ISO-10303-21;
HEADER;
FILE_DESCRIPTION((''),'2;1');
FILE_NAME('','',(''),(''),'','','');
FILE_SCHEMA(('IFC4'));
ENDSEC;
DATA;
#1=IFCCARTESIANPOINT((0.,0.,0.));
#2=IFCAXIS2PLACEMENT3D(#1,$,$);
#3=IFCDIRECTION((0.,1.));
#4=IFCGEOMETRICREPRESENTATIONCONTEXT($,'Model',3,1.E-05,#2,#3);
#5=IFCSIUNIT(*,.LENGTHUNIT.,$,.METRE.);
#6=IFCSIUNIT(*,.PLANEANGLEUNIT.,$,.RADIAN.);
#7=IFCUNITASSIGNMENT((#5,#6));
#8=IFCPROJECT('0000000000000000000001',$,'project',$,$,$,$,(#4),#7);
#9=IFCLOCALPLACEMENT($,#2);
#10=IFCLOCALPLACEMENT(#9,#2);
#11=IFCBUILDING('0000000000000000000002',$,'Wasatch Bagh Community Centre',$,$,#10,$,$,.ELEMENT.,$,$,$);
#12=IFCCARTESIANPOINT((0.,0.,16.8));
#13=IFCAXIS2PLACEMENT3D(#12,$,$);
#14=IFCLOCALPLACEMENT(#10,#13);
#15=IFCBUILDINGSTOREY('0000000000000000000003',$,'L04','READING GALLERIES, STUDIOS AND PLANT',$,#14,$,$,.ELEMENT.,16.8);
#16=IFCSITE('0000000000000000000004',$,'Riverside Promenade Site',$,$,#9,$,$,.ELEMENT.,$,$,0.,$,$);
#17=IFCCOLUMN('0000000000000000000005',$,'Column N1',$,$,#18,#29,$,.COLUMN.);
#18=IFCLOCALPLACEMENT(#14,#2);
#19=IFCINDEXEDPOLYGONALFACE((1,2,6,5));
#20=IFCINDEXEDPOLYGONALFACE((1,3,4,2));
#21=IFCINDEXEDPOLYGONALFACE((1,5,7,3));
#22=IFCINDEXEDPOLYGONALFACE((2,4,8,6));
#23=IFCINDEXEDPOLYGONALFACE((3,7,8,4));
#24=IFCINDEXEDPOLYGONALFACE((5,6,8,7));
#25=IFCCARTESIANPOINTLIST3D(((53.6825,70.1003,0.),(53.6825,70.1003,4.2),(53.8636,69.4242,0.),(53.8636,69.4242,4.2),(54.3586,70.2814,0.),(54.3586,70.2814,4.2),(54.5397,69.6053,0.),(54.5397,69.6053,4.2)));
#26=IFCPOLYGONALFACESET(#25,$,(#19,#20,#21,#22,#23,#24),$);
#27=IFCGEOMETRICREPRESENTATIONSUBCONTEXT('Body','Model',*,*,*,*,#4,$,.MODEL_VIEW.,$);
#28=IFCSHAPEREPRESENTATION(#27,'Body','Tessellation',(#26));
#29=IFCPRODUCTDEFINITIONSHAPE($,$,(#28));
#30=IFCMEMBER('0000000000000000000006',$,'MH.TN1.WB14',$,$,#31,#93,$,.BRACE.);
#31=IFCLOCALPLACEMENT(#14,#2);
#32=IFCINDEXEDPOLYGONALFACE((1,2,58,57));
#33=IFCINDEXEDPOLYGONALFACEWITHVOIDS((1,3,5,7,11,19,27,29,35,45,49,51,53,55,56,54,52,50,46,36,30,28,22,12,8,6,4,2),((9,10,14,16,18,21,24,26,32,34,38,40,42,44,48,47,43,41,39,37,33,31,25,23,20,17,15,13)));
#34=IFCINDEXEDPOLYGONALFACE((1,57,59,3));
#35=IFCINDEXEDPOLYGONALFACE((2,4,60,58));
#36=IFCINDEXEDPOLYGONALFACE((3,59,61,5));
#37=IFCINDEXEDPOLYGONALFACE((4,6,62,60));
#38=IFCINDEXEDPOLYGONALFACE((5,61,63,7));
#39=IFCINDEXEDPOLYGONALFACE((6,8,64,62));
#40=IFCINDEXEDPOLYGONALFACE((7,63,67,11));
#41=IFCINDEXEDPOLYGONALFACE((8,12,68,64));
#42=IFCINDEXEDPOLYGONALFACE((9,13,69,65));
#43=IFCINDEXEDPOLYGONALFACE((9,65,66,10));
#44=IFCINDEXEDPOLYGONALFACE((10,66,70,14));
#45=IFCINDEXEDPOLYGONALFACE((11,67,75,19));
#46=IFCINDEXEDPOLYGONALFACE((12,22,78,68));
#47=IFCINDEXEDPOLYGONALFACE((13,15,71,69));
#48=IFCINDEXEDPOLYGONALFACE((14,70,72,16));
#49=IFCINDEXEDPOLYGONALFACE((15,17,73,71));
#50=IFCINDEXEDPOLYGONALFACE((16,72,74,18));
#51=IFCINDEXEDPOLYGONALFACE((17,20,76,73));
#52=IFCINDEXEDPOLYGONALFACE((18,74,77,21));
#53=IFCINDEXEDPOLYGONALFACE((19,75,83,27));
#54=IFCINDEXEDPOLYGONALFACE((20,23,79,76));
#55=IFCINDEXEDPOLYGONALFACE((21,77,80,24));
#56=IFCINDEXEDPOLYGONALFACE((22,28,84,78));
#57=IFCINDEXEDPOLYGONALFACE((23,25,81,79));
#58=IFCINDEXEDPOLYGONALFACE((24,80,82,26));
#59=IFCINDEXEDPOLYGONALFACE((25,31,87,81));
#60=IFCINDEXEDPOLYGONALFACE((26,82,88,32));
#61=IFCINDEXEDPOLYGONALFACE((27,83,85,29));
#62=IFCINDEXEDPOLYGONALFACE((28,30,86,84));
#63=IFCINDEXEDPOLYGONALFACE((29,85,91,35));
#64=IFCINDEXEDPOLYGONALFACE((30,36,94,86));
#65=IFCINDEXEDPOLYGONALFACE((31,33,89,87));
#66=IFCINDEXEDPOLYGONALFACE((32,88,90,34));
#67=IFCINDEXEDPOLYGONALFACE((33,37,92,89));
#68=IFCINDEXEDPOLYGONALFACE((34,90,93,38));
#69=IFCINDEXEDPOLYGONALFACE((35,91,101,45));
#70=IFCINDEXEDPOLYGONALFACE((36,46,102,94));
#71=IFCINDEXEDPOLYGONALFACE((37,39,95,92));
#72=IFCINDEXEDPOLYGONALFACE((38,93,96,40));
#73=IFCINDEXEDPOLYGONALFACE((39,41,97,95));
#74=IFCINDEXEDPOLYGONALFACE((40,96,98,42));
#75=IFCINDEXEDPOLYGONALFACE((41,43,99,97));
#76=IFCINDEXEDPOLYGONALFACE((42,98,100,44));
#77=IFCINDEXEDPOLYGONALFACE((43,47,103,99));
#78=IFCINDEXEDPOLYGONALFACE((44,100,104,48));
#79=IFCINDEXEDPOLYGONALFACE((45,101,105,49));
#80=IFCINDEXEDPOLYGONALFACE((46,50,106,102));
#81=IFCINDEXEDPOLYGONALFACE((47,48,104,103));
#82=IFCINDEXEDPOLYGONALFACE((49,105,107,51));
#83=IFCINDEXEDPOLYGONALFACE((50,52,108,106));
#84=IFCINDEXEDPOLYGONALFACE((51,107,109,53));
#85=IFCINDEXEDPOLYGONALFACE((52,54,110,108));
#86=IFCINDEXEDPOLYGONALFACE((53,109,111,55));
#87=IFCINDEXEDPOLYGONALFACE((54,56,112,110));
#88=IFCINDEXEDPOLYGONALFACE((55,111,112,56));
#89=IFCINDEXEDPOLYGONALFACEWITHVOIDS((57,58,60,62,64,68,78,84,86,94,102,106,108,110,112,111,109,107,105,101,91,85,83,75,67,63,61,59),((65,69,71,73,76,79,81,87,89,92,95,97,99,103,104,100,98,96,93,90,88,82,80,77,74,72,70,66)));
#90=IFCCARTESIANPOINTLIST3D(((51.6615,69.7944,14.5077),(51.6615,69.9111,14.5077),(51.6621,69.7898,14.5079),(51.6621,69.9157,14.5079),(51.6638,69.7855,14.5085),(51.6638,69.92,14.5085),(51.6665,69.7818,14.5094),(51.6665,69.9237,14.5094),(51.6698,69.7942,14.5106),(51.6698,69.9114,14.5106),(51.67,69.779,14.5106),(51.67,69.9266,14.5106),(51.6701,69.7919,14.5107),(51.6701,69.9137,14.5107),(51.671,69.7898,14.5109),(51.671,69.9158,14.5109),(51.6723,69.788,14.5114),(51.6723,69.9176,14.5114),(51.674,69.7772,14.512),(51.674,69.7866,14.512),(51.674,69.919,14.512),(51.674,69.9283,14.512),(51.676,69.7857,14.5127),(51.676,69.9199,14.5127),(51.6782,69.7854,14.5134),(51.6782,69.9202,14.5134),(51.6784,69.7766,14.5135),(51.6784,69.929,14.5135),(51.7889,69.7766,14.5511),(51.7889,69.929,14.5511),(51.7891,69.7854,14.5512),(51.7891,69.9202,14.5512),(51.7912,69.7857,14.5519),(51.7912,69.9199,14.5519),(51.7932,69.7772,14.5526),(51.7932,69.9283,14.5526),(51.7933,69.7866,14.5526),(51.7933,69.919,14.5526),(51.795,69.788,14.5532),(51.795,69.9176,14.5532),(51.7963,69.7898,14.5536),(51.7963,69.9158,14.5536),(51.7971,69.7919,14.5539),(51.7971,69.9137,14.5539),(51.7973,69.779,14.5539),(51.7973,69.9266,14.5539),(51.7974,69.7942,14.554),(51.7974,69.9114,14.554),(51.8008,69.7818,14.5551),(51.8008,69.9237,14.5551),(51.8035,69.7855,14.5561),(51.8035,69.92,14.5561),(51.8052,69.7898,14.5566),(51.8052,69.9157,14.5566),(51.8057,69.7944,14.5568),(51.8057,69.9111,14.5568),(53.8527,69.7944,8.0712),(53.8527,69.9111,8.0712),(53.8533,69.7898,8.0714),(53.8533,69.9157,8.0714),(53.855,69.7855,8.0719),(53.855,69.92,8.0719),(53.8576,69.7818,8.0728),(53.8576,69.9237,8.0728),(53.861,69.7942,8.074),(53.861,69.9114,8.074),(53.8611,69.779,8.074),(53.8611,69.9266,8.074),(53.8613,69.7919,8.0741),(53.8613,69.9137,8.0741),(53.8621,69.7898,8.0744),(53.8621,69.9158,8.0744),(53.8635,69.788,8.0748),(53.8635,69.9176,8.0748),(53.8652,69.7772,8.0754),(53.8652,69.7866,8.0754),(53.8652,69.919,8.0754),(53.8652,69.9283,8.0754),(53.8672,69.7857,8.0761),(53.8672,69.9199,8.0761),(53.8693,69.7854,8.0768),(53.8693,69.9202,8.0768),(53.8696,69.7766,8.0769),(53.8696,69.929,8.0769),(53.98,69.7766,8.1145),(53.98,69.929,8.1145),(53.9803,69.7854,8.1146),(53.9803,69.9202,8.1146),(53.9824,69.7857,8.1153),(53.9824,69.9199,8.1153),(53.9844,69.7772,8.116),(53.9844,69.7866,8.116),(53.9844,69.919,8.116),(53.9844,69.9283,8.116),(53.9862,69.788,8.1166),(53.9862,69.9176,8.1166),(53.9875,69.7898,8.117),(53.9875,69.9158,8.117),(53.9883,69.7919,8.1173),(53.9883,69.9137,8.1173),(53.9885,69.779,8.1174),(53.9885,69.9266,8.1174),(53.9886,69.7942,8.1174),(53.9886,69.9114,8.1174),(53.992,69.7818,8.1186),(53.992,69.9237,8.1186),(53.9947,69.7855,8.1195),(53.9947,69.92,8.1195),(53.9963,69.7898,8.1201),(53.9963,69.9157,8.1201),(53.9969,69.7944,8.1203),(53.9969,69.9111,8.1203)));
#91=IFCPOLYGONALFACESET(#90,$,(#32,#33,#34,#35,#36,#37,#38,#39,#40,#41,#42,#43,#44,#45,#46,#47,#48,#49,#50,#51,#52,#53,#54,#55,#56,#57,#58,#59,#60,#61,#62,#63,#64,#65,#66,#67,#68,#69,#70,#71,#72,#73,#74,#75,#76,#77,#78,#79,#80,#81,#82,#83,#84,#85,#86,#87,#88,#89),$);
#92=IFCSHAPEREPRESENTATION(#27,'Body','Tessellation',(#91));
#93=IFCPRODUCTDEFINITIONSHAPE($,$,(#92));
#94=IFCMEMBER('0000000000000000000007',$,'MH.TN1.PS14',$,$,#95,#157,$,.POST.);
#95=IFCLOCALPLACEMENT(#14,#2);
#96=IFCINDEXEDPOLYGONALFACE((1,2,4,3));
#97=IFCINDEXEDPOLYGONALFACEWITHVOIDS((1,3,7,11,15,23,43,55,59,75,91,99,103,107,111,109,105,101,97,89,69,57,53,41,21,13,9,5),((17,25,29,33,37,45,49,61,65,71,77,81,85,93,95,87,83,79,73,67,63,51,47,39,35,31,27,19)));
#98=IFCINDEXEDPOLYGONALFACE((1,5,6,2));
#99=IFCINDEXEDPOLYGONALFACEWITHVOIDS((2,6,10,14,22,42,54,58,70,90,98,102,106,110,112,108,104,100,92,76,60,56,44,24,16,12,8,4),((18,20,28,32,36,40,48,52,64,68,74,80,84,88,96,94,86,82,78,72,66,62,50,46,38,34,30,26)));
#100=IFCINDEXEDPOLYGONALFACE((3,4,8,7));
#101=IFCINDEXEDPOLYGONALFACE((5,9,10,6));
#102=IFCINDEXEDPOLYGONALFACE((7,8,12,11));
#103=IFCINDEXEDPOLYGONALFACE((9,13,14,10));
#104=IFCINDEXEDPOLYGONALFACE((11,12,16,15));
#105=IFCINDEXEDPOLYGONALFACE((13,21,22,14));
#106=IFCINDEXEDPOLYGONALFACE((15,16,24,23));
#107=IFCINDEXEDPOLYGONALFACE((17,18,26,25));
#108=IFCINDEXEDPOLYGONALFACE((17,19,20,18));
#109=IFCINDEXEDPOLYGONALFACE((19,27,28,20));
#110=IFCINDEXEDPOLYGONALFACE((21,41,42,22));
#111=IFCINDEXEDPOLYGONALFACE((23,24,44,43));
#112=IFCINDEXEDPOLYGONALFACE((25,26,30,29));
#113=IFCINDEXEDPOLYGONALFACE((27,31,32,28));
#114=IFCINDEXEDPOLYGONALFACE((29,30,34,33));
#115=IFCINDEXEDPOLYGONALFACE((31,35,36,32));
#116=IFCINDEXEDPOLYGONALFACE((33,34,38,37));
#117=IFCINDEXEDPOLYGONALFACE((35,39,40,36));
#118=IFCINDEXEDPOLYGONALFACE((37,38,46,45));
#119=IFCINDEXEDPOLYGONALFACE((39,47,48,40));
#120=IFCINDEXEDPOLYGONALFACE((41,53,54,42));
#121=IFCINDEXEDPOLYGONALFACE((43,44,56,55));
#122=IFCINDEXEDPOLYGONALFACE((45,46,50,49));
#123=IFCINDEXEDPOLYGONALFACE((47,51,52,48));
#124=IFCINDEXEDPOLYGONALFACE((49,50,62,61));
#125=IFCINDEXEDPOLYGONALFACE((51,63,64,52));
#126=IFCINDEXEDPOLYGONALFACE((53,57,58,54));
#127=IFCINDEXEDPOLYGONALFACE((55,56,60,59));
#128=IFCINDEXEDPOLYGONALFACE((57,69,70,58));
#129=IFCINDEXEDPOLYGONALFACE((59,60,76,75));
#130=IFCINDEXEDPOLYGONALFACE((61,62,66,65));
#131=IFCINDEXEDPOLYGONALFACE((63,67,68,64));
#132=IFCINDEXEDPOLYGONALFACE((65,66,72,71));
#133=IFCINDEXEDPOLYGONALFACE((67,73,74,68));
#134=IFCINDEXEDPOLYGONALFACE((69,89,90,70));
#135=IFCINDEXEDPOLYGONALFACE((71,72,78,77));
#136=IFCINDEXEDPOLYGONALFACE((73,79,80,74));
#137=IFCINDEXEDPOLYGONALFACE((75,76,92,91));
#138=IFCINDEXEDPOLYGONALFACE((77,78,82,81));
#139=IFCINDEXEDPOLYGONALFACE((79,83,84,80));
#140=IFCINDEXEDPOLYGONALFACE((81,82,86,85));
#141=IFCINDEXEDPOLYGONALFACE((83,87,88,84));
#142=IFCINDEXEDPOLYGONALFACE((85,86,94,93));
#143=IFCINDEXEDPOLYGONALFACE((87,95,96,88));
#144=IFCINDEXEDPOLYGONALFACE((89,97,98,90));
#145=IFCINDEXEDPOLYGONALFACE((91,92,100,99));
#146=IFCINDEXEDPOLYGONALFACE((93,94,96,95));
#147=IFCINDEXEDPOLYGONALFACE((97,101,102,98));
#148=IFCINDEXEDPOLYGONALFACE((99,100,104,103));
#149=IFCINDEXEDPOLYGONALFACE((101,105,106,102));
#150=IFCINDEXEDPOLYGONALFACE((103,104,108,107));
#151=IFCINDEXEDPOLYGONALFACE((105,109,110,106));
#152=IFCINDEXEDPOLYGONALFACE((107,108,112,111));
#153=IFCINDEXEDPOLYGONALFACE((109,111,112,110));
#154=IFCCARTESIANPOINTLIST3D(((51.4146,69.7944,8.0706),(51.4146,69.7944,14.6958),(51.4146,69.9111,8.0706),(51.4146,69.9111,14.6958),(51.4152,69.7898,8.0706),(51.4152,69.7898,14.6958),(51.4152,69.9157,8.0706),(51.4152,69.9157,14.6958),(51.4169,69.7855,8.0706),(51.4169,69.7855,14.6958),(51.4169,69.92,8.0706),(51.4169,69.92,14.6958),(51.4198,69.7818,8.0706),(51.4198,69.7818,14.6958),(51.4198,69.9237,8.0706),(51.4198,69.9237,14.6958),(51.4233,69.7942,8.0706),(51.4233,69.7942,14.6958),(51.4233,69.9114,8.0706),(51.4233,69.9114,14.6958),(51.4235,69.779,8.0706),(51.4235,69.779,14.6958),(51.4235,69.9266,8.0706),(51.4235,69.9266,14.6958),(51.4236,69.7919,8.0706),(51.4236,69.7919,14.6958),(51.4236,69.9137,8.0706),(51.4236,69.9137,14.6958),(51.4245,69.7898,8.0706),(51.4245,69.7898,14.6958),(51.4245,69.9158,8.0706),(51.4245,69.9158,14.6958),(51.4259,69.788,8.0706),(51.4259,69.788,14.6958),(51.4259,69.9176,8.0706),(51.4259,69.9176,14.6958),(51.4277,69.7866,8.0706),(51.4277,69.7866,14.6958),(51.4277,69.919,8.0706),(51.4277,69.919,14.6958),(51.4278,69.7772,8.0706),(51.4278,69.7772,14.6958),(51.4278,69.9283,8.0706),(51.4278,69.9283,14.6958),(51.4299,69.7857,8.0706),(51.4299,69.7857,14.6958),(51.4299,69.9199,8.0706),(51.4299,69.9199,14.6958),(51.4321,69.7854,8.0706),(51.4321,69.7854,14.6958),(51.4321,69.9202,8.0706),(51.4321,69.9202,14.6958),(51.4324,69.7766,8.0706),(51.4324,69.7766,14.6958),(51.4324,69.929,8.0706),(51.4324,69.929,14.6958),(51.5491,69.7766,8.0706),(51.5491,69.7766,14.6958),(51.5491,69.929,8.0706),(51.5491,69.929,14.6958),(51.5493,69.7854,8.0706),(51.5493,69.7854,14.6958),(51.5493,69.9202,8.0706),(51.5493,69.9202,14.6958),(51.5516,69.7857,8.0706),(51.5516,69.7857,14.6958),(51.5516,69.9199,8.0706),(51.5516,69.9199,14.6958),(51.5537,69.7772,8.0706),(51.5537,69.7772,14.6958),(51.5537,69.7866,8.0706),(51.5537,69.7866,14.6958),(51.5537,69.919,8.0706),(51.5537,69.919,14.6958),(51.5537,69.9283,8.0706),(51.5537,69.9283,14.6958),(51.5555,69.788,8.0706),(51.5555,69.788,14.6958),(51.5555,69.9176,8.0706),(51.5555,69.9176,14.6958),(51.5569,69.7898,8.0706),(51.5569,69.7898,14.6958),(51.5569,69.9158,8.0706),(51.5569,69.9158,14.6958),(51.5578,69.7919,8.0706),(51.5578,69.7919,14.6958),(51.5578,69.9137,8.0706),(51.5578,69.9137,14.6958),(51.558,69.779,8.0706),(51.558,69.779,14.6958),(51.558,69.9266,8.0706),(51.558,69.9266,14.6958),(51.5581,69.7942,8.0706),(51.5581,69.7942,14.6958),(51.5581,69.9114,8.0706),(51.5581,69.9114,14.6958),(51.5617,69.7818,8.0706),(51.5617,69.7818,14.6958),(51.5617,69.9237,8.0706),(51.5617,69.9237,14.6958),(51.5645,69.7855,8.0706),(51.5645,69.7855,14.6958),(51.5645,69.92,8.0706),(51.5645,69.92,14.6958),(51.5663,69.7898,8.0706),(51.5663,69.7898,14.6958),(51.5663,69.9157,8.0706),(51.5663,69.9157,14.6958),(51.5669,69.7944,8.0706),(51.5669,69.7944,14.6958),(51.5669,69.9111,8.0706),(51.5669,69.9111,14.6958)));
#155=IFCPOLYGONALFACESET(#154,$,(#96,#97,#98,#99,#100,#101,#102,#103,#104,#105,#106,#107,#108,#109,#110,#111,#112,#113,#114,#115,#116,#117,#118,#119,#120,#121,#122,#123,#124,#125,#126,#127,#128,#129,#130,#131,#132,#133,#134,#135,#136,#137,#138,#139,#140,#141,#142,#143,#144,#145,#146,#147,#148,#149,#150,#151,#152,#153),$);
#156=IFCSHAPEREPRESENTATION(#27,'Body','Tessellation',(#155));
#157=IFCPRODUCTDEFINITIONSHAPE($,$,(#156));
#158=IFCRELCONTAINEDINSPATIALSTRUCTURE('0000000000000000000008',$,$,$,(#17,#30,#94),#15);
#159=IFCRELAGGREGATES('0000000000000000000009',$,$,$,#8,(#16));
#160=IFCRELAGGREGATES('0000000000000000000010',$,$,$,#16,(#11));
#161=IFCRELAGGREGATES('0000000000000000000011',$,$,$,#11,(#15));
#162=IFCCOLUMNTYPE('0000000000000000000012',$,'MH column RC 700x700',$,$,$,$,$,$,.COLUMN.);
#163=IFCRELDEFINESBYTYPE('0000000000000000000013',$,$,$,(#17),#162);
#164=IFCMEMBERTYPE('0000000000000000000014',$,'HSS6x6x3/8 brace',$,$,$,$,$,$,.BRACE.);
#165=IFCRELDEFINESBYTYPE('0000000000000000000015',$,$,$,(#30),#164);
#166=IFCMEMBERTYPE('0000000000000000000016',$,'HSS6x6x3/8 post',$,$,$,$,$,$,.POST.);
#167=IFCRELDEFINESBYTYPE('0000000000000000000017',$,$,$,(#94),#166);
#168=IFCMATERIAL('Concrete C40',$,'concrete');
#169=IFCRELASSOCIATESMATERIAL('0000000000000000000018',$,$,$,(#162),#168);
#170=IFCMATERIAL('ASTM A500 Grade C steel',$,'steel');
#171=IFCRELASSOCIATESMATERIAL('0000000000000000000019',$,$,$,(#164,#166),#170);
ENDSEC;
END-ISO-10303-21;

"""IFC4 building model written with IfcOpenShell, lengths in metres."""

from ifc_helpers import new_model, si_unit, direction, frame, origin, origin_2d, place, context, subcontext, project, spatial, rectangle, hollow_rectangle, extrude, material, material_profile, profile_set, type_object, element, save


model = new_model("IFC4")

# Units and contexts
model_context = context("Model", 3, precision=1e-05, world=origin(), true_north=direction((0.0, 1.0)))
body_context = subcontext(model_context, "Body", "Model", "MODEL_VIEW")
ifc_project = project(units=[si_unit("LENGTHUNIT", "METRE"), si_unit("PLANEANGLEUNIT", "RADIAN")], contexts=[model_context])

# Site, building, storey
site_placement = place(None, origin())
site = spatial("IfcSite", under=ifc_project, at=site_placement, Name="Riverside Promenade Site", CompositionType="ELEMENT", RefElevation=0.0)
building_placement = place(site_placement, origin())
building = spatial("IfcBuilding", under=site, at=building_placement, Name="Wasatch Bagh Community Centre", CompositionType="ELEMENT")
storey_placement = place(building_placement, frame((0.0, 0.0, 16.8)))
storey = spatial("IfcBuildingStorey", under=building, at=storey_placement, Name="L04", Description="READING GALLERIES, STUDIOS AND PLANT", CompositionType="ELEMENT", Elevation=16.8)

# Column
ifc_material_1 = material(Name="Concrete C40", Category="concrete")
ifc_material_profile_1 = material_profile(ifc_material_1, rectangle(XDim=0.7, YDim=0.7, at=origin_2d()), Name="RC 700x700")
ifc_profile_set_1 = profile_set([ifc_material_profile_1], Name="Concrete C40")
column_type = type_object("IfcColumnType", Name="MH column RC 700x700", PredefinedType="COLUMN", material=ifc_profile_set_1)
column_placement = place(storey_placement, frame((54.1111, 69.8528, 0.0), z_axis=(0.0, 0.0, 1.0), x_axis=(0.965926, 0.258819, 0.0)))
element("IfcColumn", 1, at=column_placement, inside=storey, type_object=column_type, Name="Column N1", PredefinedType="COLUMN", context=body_context, shape_type="SweptSolid", body=[
    extrude(rectangle(XDim=0.7, YDim=0.7, at=origin_2d()), origin(), (0.0, 0.0, 1.0), 4.2),
])

# Members
ifc_material_2 = material(Name="ASTM A500 Grade C steel", Category="steel")
ifc_material_profile_2 = material_profile(ifc_material_2, hollow_rectangle(XDim=0.1523, YDim=0.1523, WallThickness=0.0088, InnerFilletRadius=0.0088, OuterFilletRadius=0.0178, at=origin_2d()), Name="HSS6x6x3/8")
ifc_profile_set_2 = profile_set([ifc_material_profile_2], Name="ASTM A500 Grade C steel")
member_type_1 = type_object("IfcMemberType", Name="HSS6x6x3/8 brace", PredefinedType="BRACE", material=ifc_profile_set_2)
member_1_placement = place(storey_placement, frame((53.9248, 69.8528, 8.0957), z_axis=(-0.322264, 0.0, 0.94665), x_axis=(0.0, -1.0, 0.0)))
element("IfcMember", 2, at=member_1_placement, inside=storey, type_object=member_type_1, Name="MH.TN1.WB14", PredefinedType="BRACE", context=body_context, shape_type="SweptSolid", body=[
    extrude(hollow_rectangle(XDim=0.1523, YDim=0.1523, WallThickness=0.0088, InnerFilletRadius=0.0088, OuterFilletRadius=0.0178, at=origin_2d()), origin(), (0.0, 0.0, 1.0), 6.7993),
])
ifc_material_profile_3 = material_profile(ifc_material_2, hollow_rectangle(XDim=0.1523, YDim=0.1523, WallThickness=0.0088, InnerFilletRadius=0.0088, OuterFilletRadius=0.0178, at=origin_2d()), Name="HSS6x6x3/8")
ifc_profile_set_3 = profile_set([ifc_material_profile_3], Name="ASTM A500 Grade C steel")
member_type_2 = type_object("IfcMemberType", Name="HSS6x6x3/8 post", PredefinedType="POST", material=ifc_profile_set_3)
member_2_placement = place(storey_placement, frame((51.4907, 69.8528, 8.0706), z_axis=(0.0, 0.0, 1.0), x_axis=(1.0, 0.0, 0.0)))
element("IfcMember", 3, at=member_2_placement, inside=storey, type_object=member_type_2, Name="MH.TN1.PS14", PredefinedType="POST", context=body_context, shape_type="SweptSolid", body=[
    extrude(hollow_rectangle(XDim=0.1523, YDim=0.1523, WallThickness=0.0088, InnerFilletRadius=0.0088, OuterFilletRadius=0.0178, at=origin_2d()), origin(), (0.0, 0.0, 1.0), 6.6252),
])

save(model, "model.ifc")
